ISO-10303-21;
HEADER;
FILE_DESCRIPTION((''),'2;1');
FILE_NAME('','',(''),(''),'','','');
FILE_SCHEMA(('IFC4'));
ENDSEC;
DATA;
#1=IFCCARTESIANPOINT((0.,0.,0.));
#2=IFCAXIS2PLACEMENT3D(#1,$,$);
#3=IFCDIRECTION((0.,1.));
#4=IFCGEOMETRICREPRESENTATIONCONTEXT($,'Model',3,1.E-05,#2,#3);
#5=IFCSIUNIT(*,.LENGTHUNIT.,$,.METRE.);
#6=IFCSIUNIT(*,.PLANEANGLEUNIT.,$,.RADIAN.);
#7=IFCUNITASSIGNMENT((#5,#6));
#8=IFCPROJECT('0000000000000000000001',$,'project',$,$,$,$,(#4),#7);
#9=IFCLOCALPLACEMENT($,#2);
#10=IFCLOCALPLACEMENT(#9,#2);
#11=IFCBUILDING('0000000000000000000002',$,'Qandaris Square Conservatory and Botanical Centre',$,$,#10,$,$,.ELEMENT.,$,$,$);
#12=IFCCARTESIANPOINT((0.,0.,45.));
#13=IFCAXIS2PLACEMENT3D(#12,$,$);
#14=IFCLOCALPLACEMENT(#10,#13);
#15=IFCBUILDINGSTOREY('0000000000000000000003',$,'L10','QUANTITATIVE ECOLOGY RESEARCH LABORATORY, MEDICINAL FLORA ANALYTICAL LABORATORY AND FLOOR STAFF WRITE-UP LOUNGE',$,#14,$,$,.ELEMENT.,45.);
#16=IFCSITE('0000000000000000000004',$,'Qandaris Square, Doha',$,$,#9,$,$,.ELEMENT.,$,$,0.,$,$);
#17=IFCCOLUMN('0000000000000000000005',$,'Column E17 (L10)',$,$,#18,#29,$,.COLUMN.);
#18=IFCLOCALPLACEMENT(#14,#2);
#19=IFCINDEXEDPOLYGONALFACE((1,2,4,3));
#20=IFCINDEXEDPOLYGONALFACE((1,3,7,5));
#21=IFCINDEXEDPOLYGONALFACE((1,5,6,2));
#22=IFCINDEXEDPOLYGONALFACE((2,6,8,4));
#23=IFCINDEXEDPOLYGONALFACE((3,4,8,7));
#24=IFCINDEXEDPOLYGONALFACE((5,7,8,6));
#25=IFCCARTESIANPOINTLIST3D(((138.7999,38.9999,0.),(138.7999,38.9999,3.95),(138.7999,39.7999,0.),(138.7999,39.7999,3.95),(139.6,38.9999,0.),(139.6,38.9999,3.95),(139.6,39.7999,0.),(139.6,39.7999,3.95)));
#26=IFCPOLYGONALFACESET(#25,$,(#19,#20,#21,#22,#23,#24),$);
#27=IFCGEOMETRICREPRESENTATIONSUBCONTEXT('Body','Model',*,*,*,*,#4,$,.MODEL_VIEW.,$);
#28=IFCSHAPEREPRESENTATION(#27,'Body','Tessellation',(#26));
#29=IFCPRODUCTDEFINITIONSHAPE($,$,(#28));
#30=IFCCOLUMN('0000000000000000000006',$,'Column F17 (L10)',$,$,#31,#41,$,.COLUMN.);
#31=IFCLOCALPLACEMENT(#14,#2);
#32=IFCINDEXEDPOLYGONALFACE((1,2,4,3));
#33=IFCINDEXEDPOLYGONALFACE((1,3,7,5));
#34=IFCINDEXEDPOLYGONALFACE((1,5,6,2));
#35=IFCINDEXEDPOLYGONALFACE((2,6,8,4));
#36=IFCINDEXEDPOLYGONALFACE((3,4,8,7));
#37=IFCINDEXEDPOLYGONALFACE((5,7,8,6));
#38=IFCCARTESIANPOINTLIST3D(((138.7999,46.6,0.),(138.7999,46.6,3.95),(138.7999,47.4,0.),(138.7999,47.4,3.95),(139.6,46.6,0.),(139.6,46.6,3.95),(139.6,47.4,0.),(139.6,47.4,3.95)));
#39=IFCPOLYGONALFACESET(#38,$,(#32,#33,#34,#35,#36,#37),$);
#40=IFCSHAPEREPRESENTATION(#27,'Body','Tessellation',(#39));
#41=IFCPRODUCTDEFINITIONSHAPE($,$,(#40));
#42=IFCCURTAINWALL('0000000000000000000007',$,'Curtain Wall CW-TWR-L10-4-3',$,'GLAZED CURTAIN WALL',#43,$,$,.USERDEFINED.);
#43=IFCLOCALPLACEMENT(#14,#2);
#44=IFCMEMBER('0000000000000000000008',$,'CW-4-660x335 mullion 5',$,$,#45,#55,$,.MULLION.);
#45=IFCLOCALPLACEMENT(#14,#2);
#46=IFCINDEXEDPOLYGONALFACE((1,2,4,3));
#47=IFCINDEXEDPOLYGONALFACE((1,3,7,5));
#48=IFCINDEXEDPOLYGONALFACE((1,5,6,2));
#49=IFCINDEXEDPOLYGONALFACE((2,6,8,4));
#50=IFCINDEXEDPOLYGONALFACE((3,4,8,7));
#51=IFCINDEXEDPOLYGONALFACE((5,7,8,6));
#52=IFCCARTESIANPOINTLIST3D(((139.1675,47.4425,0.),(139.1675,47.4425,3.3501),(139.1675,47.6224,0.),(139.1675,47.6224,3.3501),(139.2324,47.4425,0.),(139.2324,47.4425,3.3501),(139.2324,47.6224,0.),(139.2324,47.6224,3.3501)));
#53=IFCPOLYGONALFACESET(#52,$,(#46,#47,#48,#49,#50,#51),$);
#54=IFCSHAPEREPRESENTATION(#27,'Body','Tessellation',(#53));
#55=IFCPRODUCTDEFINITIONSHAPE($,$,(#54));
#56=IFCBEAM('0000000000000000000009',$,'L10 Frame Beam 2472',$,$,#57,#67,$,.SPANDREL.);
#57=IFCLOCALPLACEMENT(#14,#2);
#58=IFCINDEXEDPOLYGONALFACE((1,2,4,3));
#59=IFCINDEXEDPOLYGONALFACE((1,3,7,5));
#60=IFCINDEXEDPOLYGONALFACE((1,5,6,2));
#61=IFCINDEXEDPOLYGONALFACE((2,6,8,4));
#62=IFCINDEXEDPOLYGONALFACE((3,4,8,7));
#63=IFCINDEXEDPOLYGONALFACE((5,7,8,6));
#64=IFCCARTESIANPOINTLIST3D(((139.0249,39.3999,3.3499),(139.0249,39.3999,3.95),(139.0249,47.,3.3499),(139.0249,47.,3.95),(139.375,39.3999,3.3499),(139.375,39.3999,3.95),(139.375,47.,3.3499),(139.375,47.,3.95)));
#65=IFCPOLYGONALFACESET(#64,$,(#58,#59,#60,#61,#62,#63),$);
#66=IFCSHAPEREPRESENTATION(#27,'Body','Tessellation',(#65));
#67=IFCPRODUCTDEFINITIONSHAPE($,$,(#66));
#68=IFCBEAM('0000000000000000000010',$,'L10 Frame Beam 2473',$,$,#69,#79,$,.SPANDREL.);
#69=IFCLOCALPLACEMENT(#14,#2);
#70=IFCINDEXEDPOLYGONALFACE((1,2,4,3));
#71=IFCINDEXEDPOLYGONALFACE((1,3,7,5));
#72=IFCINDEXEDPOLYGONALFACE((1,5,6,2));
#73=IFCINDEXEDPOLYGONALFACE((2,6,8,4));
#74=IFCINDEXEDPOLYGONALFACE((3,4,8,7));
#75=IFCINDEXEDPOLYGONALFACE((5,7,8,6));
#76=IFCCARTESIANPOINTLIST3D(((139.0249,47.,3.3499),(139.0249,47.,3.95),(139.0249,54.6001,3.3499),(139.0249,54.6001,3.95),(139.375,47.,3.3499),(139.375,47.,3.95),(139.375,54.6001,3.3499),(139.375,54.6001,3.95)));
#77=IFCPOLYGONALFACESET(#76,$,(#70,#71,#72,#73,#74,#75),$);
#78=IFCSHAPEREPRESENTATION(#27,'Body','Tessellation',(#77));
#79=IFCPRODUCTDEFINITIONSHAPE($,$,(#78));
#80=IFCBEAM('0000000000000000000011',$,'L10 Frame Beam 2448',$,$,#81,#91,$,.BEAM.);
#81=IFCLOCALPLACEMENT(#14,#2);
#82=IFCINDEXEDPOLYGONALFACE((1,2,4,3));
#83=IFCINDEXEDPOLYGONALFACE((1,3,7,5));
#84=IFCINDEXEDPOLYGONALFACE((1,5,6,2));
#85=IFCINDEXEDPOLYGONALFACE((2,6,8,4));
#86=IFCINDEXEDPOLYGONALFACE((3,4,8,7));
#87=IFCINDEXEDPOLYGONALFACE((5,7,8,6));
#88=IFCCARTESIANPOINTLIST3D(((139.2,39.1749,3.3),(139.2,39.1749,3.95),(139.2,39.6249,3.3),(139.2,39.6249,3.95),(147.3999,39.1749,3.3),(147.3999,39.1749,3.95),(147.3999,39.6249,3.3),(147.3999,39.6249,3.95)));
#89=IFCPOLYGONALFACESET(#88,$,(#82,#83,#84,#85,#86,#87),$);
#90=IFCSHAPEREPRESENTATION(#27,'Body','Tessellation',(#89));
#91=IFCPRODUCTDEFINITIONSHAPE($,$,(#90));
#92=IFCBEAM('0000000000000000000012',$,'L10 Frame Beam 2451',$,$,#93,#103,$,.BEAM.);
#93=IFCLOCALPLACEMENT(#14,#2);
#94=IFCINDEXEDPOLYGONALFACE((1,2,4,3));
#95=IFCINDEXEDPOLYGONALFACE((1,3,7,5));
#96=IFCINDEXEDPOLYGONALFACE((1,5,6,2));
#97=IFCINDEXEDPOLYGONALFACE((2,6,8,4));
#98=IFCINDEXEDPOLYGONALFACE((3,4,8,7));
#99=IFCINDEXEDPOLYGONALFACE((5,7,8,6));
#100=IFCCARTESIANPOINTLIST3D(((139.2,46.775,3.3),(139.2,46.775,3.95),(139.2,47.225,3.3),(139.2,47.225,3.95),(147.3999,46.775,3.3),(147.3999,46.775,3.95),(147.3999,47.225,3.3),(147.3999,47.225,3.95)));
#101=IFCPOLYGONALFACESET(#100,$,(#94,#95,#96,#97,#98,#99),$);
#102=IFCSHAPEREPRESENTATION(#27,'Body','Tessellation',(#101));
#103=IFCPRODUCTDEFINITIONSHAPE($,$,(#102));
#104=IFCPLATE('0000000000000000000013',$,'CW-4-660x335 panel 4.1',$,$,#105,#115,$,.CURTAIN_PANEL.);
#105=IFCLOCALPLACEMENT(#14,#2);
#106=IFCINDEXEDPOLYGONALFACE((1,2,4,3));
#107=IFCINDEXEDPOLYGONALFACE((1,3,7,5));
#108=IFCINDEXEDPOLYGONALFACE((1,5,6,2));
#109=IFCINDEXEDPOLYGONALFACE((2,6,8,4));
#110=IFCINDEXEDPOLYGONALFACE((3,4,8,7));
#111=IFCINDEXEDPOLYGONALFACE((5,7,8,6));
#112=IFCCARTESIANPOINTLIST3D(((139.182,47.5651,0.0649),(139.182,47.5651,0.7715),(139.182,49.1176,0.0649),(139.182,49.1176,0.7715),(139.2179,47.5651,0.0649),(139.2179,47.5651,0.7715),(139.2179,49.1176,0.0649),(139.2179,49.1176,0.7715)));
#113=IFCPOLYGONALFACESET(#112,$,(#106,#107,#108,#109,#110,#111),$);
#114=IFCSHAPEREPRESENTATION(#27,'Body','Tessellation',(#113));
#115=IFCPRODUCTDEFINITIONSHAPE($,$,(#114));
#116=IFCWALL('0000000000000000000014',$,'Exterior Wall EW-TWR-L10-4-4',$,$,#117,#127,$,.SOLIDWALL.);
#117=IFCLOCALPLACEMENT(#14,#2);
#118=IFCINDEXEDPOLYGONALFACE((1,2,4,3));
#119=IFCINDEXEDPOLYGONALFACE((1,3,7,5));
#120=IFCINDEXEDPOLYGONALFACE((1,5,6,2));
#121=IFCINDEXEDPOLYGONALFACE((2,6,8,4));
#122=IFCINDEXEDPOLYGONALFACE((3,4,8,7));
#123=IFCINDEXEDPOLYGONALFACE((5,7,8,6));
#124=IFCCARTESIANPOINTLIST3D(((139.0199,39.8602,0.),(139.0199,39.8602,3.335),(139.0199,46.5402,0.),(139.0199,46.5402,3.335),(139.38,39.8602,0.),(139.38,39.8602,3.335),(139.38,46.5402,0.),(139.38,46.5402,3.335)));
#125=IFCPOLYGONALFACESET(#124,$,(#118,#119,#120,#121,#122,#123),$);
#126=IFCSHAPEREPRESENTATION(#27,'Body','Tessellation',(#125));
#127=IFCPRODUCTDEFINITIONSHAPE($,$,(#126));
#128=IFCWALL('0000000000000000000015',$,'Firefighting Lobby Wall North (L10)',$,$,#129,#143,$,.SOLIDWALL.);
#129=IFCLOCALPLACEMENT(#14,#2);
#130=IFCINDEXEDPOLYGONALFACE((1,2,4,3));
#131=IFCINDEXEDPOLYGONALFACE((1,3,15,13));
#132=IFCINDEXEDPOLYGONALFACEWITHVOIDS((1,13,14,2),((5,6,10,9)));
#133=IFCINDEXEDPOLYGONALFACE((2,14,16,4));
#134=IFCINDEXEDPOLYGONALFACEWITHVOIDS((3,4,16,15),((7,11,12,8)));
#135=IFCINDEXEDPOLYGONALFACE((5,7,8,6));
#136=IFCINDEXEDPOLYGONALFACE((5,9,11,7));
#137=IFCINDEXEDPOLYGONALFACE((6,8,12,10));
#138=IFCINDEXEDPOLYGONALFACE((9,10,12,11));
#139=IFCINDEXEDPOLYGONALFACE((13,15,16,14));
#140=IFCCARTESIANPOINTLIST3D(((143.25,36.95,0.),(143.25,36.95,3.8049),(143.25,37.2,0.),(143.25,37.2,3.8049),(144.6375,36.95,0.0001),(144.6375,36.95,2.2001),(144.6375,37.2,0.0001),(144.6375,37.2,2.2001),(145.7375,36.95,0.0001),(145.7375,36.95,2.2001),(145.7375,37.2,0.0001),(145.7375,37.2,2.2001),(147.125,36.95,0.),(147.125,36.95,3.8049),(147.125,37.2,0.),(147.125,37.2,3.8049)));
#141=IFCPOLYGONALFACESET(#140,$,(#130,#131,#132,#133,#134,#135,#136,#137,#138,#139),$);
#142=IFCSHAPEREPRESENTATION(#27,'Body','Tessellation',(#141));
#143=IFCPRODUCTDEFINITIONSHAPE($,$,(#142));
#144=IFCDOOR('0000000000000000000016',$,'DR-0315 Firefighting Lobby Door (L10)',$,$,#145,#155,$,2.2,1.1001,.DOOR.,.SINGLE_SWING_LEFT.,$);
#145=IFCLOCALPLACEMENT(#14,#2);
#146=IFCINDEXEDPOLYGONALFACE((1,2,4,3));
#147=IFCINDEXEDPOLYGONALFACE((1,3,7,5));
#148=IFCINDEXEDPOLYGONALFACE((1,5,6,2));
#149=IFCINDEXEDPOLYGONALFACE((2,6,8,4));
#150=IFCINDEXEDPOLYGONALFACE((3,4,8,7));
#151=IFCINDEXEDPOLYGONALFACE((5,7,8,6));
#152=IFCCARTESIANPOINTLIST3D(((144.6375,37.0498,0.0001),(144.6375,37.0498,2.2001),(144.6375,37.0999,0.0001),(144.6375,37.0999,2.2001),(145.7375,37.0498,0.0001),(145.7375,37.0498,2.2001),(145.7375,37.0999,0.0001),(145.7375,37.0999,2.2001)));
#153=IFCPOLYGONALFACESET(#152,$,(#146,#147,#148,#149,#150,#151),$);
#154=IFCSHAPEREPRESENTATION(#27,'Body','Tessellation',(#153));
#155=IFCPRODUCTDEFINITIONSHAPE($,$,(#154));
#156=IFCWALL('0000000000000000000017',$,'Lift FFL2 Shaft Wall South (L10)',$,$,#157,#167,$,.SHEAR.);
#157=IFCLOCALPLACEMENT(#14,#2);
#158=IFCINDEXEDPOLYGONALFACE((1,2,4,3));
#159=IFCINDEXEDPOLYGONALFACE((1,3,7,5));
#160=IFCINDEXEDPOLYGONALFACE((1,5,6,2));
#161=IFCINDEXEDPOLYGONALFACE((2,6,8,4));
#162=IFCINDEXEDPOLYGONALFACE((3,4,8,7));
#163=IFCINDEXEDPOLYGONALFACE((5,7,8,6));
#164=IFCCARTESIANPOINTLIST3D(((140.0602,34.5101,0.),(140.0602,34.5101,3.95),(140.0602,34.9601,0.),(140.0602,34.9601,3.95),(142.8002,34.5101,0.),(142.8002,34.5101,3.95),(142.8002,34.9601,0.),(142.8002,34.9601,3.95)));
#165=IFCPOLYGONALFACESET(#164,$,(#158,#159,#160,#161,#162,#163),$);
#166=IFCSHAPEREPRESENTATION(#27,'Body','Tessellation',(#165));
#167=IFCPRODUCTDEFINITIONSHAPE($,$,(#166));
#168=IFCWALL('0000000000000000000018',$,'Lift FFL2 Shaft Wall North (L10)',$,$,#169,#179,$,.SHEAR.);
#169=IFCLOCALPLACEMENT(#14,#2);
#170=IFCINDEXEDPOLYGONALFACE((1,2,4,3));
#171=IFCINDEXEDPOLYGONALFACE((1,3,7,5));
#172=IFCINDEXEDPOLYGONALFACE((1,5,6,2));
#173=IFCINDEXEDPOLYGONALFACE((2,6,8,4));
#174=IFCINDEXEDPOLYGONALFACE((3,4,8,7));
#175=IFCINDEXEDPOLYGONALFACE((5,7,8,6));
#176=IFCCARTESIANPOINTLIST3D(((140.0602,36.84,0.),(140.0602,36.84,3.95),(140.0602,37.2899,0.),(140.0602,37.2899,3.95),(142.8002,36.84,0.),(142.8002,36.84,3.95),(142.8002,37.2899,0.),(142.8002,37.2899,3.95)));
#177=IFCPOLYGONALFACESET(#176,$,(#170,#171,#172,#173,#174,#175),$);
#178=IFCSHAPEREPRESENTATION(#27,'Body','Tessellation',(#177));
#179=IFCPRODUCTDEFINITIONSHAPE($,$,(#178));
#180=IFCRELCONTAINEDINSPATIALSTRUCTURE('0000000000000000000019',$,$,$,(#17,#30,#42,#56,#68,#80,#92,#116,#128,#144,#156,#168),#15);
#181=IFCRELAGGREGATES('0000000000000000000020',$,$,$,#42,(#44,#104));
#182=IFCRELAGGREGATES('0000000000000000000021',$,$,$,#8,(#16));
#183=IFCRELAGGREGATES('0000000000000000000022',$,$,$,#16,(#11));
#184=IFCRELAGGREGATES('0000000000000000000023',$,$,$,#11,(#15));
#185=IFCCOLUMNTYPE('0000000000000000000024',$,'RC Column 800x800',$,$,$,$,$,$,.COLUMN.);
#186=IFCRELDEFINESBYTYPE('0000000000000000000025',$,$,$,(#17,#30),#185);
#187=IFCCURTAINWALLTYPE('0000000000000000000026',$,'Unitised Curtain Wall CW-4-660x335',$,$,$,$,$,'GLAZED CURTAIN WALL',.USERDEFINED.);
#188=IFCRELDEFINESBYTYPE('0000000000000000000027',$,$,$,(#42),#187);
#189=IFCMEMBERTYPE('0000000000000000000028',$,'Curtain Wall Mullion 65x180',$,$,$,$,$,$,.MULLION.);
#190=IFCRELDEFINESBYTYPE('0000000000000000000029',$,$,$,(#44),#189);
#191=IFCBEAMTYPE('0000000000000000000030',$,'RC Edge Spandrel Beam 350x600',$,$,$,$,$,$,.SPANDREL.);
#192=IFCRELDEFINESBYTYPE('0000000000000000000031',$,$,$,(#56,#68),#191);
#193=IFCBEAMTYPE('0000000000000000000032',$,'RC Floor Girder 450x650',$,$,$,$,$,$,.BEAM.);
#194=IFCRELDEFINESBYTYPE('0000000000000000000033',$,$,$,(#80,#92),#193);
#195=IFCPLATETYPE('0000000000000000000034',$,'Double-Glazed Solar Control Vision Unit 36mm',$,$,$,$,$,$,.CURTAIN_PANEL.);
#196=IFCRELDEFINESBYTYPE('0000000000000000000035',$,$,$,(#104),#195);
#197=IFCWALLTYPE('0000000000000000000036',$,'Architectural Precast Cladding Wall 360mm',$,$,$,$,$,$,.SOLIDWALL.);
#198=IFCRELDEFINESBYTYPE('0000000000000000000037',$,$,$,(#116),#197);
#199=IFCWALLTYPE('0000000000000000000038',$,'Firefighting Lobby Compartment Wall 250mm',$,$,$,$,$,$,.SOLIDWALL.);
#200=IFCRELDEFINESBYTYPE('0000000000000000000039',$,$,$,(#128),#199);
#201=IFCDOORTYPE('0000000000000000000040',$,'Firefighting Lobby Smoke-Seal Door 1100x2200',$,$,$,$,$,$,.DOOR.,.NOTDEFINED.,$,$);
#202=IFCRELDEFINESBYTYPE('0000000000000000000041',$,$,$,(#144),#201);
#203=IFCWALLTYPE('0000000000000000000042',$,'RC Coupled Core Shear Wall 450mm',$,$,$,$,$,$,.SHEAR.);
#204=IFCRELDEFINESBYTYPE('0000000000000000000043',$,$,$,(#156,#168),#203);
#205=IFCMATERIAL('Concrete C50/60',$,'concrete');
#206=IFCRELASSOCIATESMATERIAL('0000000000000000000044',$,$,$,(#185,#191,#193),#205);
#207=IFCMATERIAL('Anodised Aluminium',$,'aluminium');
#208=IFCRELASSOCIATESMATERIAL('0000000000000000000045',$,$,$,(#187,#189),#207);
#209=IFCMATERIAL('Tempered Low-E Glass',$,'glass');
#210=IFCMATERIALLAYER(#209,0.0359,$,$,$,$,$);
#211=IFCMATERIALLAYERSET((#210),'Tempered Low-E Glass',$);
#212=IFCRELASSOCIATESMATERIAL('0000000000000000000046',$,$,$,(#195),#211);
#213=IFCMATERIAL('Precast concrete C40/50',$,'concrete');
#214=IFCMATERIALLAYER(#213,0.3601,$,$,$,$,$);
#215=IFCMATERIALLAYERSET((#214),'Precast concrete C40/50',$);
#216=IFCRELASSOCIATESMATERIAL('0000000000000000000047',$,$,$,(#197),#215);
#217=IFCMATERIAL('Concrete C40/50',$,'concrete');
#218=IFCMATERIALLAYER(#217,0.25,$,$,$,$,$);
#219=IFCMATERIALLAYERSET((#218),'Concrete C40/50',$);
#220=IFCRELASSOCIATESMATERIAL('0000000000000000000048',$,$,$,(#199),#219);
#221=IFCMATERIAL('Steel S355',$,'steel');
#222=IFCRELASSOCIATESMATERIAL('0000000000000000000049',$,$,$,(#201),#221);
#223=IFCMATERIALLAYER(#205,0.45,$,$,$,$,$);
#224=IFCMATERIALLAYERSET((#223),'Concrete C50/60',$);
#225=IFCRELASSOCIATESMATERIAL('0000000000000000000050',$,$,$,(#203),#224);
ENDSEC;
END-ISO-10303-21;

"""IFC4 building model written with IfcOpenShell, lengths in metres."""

from ifc_helpers import new_model, si_unit, direction, frame, frame_2d, origin, origin_2d, place, context, subcontext, project, spatial, rectangle, extrude, material, layer, layer_set, material_profile, profile_set, type_object, element, fill, aggregate, save


model = new_model("IFC4")

# Units and contexts
model_context = context("Model", 3, precision=1e-05, world=origin(), true_north=direction((0.0, 1.0)))
body_context = subcontext(model_context, "Body", "Model", "MODEL_VIEW")
ifc_project = project(units=[si_unit("LENGTHUNIT", "METRE"), si_unit("PLANEANGLEUNIT", "RADIAN")], contexts=[model_context])

# Site, building, storey
site_placement = place(None, origin())
site = spatial("IfcSite", under=ifc_project, at=site_placement, Name="Qandaris Square, Doha", CompositionType="ELEMENT", RefElevation=0.0)
building_placement = place(site_placement, origin())
building = spatial("IfcBuilding", under=site, at=building_placement, Name="Qandaris Square Conservatory and Botanical Centre", CompositionType="ELEMENT")
storey_placement = place(building_placement, frame((0.0, 0.0, 45.0)))
storey = spatial("IfcBuildingStorey", under=building, at=storey_placement, Name="L10", Description="QUANTITATIVE ECOLOGY RESEARCH LABORATORY, MEDICINAL FLORA ANALYTICAL LABORATORY AND FLOOR STAFF WRITE-UP LOUNGE", CompositionType="ELEMENT", Elevation=45.0)

# Columns
ifc_material_1 = material(Name="Concrete C50/60", Category="concrete")
ifc_material_profile_1 = material_profile(ifc_material_1, rectangle(XDim=0.8, YDim=0.8, at=origin_2d()), Name="RC-COL 800x800")
ifc_profile_set_1 = profile_set([ifc_material_profile_1], Name="Concrete C50/60")
column_type = type_object("IfcColumnType", Name="RC Column 800x800", PredefinedType="COLUMN", material=ifc_profile_set_1)
for number, where, z_axis, x_axis, name in (
    (1, (139.2, 39.3999, 0.0), (0.0, 0.0, 1.0), (1.0, 0.0, 0.0), "Column E17 (L10)"),
    (2, (139.2, 47.0, 0.0), (0.0, 0.0, 1.0), (1.0, 0.0, 0.0), "Column F17 (L10)"),
):
    element("IfcColumn", number, at=place(storey_placement, frame(where, z_axis=z_axis, x_axis=x_axis)), inside=storey, type_object=column_type, Name=name, PredefinedType="COLUMN", context=body_context, shape_type="SweptSolid", body=[
        extrude(rectangle(XDim=0.8, YDim=0.8, at=origin_2d()), origin(), (0.0, 0.0, 1.0), 3.95),
    ])

# Curtain wall, member
ifc_material_2 = material(Name="Anodised Aluminium", Category="aluminium")
curtain_wall_type = type_object("IfcCurtainWallType", Name="Unitised Curtain Wall CW-4-660x335", ElementType="GLAZED CURTAIN WALL", PredefinedType="USERDEFINED", material=ifc_material_2)
curtain_wall_placement = place(storey_placement, origin())
curtain_wall = element("IfcCurtainWall", 3, at=curtain_wall_placement, inside=storey, type_object=curtain_wall_type, Name="Curtain Wall CW-TWR-L10-4-3", ObjectType="GLAZED CURTAIN WALL", PredefinedType="USERDEFINED")
ifc_material_profile_2 = material_profile(ifc_material_2, rectangle(XDim=0.0649, YDim=0.1799, at=origin_2d()), Name="ALU-MUL 65x180")
ifc_profile_set_2 = profile_set([ifc_material_profile_2], Name="Anodised Aluminium")
member_type = type_object("IfcMemberType", Name="Curtain Wall Mullion 65x180", PredefinedType="MULLION", material=ifc_profile_set_2)
member_placement = place(storey_placement, frame((139.2, 47.5325, 0.0), z_axis=(0.0, 0.0, 1.0), x_axis=(1.0, 0.0, 0.0)))
member = element("IfcMember", 4, at=member_placement, type_object=member_type, Name="CW-4-660x335 mullion 5", PredefinedType="MULLION", context=body_context, shape_type="SweptSolid", body=[
    extrude(rectangle(XDim=0.0649, YDim=0.1799, at=origin_2d()), origin(), (0.0, 0.0, 1.0), 3.3501),
])

# Beams
ifc_material_profile_3 = material_profile(ifc_material_1, rectangle(XDim=0.3501, YDim=0.6001, at=origin_2d()), Name="RC-SP 350x600")
ifc_profile_set_3 = profile_set([ifc_material_profile_3], Name="Concrete C50/60")
beam_type_1 = type_object("IfcBeamType", Name="RC Edge Spandrel Beam 350x600", PredefinedType="SPANDREL", material=ifc_profile_set_3)
for number, where, z_axis, x_axis, name in (
    (5, (139.2, 39.3999, 3.6499), (0.0, 1.0, 0.0), (-1.0, 0.0, 0.0), "L10 Frame Beam 2472"),
    (6, (139.2, 47.0, 3.6499), (0.0, 1.0, 0.0), (-1.0, 0.0, 0.0), "L10 Frame Beam 2473"),
):
    element("IfcBeam", number, at=place(storey_placement, frame(where, z_axis=z_axis, x_axis=x_axis)), inside=storey, type_object=beam_type_1, Name=name, PredefinedType="SPANDREL", context=body_context, shape_type="SweptSolid", body=[
        extrude(rectangle(XDim=0.3501, YDim=0.6001, at=origin_2d()), origin(), (0.0, 0.0, 1.0), 7.6001),
    ])
ifc_material_profile_4 = material_profile(ifc_material_1, rectangle(XDim=0.45, YDim=0.6499, at=origin_2d()), Name="RC-BM 450x650")
ifc_profile_set_4 = profile_set([ifc_material_profile_4], Name="Concrete C50/60")
beam_type_2 = type_object("IfcBeamType", Name="RC Floor Girder 450x650", PredefinedType="BEAM", material=ifc_profile_set_4)
for number, where, z_axis, x_axis, name in (
    (7, (139.2, 39.3999, 3.625), (1.0, 0.0, 0.0), (0.0, 1.0, 0.0), "L10 Frame Beam 2448"),
    (8, (139.2, 47.0, 3.625), (1.0, 0.0, 0.0), (0.0, 1.0, 0.0), "L10 Frame Beam 2451"),
):
    element("IfcBeam", number, at=place(storey_placement, frame(where, z_axis=z_axis, x_axis=x_axis)), inside=storey, type_object=beam_type_2, Name=name, PredefinedType="BEAM", context=body_context, shape_type="SweptSolid", body=[
        extrude(rectangle(XDim=0.45, YDim=0.6499, at=origin_2d()), origin(), (0.0, 0.0, 1.0), 8.2),
    ])

# Plate
ifc_material_3 = material(Name="Tempered Low-E Glass", Category="glass")
ifc_layer_1 = layer(ifc_material_3, 0.0359)
ifc_layer_set_1 = layer_set([ifc_layer_1], Name="Tempered Low-E Glass")
plate_type = type_object("IfcPlateType", Name="Double-Glazed Solar Control Vision Unit 36mm", PredefinedType="CURTAIN_PANEL", material=ifc_layer_set_1)
plate_placement = place(storey_placement, frame((139.2, 48.3413, 0.0649), z_axis=(0.0, 0.0, 1.0), x_axis=(0.0, -1.0, 0.0)))
plate = element("IfcPlate", 9, at=plate_placement, type_object=plate_type, Name="CW-4-660x335 panel 4.1", PredefinedType="CURTAIN_PANEL", context=body_context, shape_type="SweptSolid", body=[
    extrude(rectangle(XDim=1.5525, YDim=0.0359, at=origin_2d()), origin(), (0.0, 0.0, 1.0), 0.7065),
])
aggregate(curtain_wall, [member, plate])

# Wall
ifc_material_4 = material(Name="Precast concrete C40/50", Category="concrete")
ifc_layer_2 = layer(ifc_material_4, 0.3601)
ifc_layer_set_2 = layer_set([ifc_layer_2], Name="Precast concrete C40/50")
wall_type_1 = type_object("IfcWallType", Name="Architectural Precast Cladding Wall 360mm", PredefinedType="SOLIDWALL", material=ifc_layer_set_2)
wall_1_placement = place(storey_placement, frame((139.2, 46.54, 0.0), z_axis=(0.0, 0.0, 1.0), x_axis=(0.0, -1.0, 0.0)))
element("IfcWall", 10, at=wall_1_placement, inside=storey, type_object=wall_type_1, Name="Exterior Wall EW-TWR-L10-4-4", PredefinedType="SOLIDWALL", context=body_context, shape_type="SweptSolid", body=[
    extrude(rectangle(XDim=6.6799, YDim=0.3601, at=frame_2d((3.3398, 0.0))), origin(), (0.0, 0.0, 1.0), 3.335),
])

# Wall, opening, door
ifc_material_5 = material(Name="Concrete C40/50", Category="concrete")
ifc_layer_3 = layer(ifc_material_5, 0.25)
ifc_layer_set_3 = layer_set([ifc_layer_3], Name="Concrete C40/50")
wall_type_2 = type_object("IfcWallType", Name="Firefighting Lobby Compartment Wall 250mm", PredefinedType="SOLIDWALL", material=ifc_layer_set_3)
wall_2_placement = place(storey_placement, frame((143.25, 37.075, 0.0), z_axis=(0.0, 0.0, 1.0), x_axis=(1.0, 0.0, 0.0)))
wall_2 = element("IfcWall", 11, at=wall_2_placement, inside=storey, type_object=wall_type_2, Name="Firefighting Lobby Wall North (L10)", PredefinedType="SOLIDWALL", context=body_context, shape_type="SweptSolid", body=[
    extrude(rectangle(XDim=3.875, YDim=0.25, at=frame_2d((1.9375, 0.0))), origin(), (0.0, 0.0, 1.0), 3.8049),
])
opening_1_placement = place(wall_2_placement, frame((1.3875, 0.0, 0.0)))
opening_1 = element("IfcOpeningElement", 12, at=opening_1_placement, cuts=wall_2, PredefinedType="OPENING", context=body_context, shape_type="SweptSolid", body=[
    extrude(rectangle(XDim=1.1001, YDim=2.2, at=frame_2d((0.55, 1.1001))), frame((0.0, 0.137, 0.0), z_axis=(0.0, -1.0, 0.0), x_axis=(1.0, 0.0, 0.0)), (0.0, 0.0, 1.0), 0.2739),
])
ifc_material_6 = material(Name="Steel S355", Category="steel")
door_type_1 = type_object("IfcDoorType", Name="Firefighting Lobby Smoke-Seal Door 1100x2200", OperationType="NOTDEFINED", PredefinedType="DOOR", material=ifc_material_6)
door_1_placement = place(opening_1_placement, origin())
door_1 = element("IfcDoor", 13, at=door_1_placement, inside=storey, type_object=door_type_1, Name="DR-0315 Firefighting Lobby Door (L10)", OperationType="SINGLE_SWING_LEFT", OverallHeight=2.2, OverallWidth=1.1001, PredefinedType="DOOR", context=body_context, shape_type="SweptSolid", body=[
    extrude(rectangle(XDim=1.1001, YDim=2.2, at=frame_2d((0.55, 1.1001))), frame((0.0, 0.0249, 0.0), z_axis=(0.0, -1.0, 0.0), x_axis=(1.0, 0.0, 0.0)), (0.0, 0.0, 1.0), 0.05),
])
fill(opening_1, door_1)

# Walls
ifc_layer_4 = layer(ifc_material_1, 0.45)
ifc_layer_set_4 = layer_set([ifc_layer_4], Name="Concrete C50/60")
wall_type_3 = type_object("IfcWallType", Name="RC Coupled Core Shear Wall 450mm", PredefinedType="SHEAR", material=ifc_layer_set_4)
for number, where, z_axis, x_axis, name in (
    (14, (140.0601, 34.7351, 0.0), (0.0, 0.0, 1.0), (1.0, 0.0, 0.0), "Lift FFL2 Shaft Wall South (L10)"),
    (15, (140.0601, 37.0649, 0.0), (0.0, 0.0, 1.0), (1.0, 0.0, 0.0), "Lift FFL2 Shaft Wall North (L10)"),
):
    element("IfcWall", number, at=place(storey_placement, frame(where, z_axis=z_axis, x_axis=x_axis)), inside=storey, type_object=wall_type_3, Name=name, PredefinedType="SHEAR", context=body_context, shape_type="SweptSolid", body=[
        extrude(rectangle(XDim=2.74, YDim=0.45, at=frame_2d((1.3701, 0.0))), origin(), (0.0, 0.0, 1.0), 3.95),
    ])

save(model, "model.ifc")
